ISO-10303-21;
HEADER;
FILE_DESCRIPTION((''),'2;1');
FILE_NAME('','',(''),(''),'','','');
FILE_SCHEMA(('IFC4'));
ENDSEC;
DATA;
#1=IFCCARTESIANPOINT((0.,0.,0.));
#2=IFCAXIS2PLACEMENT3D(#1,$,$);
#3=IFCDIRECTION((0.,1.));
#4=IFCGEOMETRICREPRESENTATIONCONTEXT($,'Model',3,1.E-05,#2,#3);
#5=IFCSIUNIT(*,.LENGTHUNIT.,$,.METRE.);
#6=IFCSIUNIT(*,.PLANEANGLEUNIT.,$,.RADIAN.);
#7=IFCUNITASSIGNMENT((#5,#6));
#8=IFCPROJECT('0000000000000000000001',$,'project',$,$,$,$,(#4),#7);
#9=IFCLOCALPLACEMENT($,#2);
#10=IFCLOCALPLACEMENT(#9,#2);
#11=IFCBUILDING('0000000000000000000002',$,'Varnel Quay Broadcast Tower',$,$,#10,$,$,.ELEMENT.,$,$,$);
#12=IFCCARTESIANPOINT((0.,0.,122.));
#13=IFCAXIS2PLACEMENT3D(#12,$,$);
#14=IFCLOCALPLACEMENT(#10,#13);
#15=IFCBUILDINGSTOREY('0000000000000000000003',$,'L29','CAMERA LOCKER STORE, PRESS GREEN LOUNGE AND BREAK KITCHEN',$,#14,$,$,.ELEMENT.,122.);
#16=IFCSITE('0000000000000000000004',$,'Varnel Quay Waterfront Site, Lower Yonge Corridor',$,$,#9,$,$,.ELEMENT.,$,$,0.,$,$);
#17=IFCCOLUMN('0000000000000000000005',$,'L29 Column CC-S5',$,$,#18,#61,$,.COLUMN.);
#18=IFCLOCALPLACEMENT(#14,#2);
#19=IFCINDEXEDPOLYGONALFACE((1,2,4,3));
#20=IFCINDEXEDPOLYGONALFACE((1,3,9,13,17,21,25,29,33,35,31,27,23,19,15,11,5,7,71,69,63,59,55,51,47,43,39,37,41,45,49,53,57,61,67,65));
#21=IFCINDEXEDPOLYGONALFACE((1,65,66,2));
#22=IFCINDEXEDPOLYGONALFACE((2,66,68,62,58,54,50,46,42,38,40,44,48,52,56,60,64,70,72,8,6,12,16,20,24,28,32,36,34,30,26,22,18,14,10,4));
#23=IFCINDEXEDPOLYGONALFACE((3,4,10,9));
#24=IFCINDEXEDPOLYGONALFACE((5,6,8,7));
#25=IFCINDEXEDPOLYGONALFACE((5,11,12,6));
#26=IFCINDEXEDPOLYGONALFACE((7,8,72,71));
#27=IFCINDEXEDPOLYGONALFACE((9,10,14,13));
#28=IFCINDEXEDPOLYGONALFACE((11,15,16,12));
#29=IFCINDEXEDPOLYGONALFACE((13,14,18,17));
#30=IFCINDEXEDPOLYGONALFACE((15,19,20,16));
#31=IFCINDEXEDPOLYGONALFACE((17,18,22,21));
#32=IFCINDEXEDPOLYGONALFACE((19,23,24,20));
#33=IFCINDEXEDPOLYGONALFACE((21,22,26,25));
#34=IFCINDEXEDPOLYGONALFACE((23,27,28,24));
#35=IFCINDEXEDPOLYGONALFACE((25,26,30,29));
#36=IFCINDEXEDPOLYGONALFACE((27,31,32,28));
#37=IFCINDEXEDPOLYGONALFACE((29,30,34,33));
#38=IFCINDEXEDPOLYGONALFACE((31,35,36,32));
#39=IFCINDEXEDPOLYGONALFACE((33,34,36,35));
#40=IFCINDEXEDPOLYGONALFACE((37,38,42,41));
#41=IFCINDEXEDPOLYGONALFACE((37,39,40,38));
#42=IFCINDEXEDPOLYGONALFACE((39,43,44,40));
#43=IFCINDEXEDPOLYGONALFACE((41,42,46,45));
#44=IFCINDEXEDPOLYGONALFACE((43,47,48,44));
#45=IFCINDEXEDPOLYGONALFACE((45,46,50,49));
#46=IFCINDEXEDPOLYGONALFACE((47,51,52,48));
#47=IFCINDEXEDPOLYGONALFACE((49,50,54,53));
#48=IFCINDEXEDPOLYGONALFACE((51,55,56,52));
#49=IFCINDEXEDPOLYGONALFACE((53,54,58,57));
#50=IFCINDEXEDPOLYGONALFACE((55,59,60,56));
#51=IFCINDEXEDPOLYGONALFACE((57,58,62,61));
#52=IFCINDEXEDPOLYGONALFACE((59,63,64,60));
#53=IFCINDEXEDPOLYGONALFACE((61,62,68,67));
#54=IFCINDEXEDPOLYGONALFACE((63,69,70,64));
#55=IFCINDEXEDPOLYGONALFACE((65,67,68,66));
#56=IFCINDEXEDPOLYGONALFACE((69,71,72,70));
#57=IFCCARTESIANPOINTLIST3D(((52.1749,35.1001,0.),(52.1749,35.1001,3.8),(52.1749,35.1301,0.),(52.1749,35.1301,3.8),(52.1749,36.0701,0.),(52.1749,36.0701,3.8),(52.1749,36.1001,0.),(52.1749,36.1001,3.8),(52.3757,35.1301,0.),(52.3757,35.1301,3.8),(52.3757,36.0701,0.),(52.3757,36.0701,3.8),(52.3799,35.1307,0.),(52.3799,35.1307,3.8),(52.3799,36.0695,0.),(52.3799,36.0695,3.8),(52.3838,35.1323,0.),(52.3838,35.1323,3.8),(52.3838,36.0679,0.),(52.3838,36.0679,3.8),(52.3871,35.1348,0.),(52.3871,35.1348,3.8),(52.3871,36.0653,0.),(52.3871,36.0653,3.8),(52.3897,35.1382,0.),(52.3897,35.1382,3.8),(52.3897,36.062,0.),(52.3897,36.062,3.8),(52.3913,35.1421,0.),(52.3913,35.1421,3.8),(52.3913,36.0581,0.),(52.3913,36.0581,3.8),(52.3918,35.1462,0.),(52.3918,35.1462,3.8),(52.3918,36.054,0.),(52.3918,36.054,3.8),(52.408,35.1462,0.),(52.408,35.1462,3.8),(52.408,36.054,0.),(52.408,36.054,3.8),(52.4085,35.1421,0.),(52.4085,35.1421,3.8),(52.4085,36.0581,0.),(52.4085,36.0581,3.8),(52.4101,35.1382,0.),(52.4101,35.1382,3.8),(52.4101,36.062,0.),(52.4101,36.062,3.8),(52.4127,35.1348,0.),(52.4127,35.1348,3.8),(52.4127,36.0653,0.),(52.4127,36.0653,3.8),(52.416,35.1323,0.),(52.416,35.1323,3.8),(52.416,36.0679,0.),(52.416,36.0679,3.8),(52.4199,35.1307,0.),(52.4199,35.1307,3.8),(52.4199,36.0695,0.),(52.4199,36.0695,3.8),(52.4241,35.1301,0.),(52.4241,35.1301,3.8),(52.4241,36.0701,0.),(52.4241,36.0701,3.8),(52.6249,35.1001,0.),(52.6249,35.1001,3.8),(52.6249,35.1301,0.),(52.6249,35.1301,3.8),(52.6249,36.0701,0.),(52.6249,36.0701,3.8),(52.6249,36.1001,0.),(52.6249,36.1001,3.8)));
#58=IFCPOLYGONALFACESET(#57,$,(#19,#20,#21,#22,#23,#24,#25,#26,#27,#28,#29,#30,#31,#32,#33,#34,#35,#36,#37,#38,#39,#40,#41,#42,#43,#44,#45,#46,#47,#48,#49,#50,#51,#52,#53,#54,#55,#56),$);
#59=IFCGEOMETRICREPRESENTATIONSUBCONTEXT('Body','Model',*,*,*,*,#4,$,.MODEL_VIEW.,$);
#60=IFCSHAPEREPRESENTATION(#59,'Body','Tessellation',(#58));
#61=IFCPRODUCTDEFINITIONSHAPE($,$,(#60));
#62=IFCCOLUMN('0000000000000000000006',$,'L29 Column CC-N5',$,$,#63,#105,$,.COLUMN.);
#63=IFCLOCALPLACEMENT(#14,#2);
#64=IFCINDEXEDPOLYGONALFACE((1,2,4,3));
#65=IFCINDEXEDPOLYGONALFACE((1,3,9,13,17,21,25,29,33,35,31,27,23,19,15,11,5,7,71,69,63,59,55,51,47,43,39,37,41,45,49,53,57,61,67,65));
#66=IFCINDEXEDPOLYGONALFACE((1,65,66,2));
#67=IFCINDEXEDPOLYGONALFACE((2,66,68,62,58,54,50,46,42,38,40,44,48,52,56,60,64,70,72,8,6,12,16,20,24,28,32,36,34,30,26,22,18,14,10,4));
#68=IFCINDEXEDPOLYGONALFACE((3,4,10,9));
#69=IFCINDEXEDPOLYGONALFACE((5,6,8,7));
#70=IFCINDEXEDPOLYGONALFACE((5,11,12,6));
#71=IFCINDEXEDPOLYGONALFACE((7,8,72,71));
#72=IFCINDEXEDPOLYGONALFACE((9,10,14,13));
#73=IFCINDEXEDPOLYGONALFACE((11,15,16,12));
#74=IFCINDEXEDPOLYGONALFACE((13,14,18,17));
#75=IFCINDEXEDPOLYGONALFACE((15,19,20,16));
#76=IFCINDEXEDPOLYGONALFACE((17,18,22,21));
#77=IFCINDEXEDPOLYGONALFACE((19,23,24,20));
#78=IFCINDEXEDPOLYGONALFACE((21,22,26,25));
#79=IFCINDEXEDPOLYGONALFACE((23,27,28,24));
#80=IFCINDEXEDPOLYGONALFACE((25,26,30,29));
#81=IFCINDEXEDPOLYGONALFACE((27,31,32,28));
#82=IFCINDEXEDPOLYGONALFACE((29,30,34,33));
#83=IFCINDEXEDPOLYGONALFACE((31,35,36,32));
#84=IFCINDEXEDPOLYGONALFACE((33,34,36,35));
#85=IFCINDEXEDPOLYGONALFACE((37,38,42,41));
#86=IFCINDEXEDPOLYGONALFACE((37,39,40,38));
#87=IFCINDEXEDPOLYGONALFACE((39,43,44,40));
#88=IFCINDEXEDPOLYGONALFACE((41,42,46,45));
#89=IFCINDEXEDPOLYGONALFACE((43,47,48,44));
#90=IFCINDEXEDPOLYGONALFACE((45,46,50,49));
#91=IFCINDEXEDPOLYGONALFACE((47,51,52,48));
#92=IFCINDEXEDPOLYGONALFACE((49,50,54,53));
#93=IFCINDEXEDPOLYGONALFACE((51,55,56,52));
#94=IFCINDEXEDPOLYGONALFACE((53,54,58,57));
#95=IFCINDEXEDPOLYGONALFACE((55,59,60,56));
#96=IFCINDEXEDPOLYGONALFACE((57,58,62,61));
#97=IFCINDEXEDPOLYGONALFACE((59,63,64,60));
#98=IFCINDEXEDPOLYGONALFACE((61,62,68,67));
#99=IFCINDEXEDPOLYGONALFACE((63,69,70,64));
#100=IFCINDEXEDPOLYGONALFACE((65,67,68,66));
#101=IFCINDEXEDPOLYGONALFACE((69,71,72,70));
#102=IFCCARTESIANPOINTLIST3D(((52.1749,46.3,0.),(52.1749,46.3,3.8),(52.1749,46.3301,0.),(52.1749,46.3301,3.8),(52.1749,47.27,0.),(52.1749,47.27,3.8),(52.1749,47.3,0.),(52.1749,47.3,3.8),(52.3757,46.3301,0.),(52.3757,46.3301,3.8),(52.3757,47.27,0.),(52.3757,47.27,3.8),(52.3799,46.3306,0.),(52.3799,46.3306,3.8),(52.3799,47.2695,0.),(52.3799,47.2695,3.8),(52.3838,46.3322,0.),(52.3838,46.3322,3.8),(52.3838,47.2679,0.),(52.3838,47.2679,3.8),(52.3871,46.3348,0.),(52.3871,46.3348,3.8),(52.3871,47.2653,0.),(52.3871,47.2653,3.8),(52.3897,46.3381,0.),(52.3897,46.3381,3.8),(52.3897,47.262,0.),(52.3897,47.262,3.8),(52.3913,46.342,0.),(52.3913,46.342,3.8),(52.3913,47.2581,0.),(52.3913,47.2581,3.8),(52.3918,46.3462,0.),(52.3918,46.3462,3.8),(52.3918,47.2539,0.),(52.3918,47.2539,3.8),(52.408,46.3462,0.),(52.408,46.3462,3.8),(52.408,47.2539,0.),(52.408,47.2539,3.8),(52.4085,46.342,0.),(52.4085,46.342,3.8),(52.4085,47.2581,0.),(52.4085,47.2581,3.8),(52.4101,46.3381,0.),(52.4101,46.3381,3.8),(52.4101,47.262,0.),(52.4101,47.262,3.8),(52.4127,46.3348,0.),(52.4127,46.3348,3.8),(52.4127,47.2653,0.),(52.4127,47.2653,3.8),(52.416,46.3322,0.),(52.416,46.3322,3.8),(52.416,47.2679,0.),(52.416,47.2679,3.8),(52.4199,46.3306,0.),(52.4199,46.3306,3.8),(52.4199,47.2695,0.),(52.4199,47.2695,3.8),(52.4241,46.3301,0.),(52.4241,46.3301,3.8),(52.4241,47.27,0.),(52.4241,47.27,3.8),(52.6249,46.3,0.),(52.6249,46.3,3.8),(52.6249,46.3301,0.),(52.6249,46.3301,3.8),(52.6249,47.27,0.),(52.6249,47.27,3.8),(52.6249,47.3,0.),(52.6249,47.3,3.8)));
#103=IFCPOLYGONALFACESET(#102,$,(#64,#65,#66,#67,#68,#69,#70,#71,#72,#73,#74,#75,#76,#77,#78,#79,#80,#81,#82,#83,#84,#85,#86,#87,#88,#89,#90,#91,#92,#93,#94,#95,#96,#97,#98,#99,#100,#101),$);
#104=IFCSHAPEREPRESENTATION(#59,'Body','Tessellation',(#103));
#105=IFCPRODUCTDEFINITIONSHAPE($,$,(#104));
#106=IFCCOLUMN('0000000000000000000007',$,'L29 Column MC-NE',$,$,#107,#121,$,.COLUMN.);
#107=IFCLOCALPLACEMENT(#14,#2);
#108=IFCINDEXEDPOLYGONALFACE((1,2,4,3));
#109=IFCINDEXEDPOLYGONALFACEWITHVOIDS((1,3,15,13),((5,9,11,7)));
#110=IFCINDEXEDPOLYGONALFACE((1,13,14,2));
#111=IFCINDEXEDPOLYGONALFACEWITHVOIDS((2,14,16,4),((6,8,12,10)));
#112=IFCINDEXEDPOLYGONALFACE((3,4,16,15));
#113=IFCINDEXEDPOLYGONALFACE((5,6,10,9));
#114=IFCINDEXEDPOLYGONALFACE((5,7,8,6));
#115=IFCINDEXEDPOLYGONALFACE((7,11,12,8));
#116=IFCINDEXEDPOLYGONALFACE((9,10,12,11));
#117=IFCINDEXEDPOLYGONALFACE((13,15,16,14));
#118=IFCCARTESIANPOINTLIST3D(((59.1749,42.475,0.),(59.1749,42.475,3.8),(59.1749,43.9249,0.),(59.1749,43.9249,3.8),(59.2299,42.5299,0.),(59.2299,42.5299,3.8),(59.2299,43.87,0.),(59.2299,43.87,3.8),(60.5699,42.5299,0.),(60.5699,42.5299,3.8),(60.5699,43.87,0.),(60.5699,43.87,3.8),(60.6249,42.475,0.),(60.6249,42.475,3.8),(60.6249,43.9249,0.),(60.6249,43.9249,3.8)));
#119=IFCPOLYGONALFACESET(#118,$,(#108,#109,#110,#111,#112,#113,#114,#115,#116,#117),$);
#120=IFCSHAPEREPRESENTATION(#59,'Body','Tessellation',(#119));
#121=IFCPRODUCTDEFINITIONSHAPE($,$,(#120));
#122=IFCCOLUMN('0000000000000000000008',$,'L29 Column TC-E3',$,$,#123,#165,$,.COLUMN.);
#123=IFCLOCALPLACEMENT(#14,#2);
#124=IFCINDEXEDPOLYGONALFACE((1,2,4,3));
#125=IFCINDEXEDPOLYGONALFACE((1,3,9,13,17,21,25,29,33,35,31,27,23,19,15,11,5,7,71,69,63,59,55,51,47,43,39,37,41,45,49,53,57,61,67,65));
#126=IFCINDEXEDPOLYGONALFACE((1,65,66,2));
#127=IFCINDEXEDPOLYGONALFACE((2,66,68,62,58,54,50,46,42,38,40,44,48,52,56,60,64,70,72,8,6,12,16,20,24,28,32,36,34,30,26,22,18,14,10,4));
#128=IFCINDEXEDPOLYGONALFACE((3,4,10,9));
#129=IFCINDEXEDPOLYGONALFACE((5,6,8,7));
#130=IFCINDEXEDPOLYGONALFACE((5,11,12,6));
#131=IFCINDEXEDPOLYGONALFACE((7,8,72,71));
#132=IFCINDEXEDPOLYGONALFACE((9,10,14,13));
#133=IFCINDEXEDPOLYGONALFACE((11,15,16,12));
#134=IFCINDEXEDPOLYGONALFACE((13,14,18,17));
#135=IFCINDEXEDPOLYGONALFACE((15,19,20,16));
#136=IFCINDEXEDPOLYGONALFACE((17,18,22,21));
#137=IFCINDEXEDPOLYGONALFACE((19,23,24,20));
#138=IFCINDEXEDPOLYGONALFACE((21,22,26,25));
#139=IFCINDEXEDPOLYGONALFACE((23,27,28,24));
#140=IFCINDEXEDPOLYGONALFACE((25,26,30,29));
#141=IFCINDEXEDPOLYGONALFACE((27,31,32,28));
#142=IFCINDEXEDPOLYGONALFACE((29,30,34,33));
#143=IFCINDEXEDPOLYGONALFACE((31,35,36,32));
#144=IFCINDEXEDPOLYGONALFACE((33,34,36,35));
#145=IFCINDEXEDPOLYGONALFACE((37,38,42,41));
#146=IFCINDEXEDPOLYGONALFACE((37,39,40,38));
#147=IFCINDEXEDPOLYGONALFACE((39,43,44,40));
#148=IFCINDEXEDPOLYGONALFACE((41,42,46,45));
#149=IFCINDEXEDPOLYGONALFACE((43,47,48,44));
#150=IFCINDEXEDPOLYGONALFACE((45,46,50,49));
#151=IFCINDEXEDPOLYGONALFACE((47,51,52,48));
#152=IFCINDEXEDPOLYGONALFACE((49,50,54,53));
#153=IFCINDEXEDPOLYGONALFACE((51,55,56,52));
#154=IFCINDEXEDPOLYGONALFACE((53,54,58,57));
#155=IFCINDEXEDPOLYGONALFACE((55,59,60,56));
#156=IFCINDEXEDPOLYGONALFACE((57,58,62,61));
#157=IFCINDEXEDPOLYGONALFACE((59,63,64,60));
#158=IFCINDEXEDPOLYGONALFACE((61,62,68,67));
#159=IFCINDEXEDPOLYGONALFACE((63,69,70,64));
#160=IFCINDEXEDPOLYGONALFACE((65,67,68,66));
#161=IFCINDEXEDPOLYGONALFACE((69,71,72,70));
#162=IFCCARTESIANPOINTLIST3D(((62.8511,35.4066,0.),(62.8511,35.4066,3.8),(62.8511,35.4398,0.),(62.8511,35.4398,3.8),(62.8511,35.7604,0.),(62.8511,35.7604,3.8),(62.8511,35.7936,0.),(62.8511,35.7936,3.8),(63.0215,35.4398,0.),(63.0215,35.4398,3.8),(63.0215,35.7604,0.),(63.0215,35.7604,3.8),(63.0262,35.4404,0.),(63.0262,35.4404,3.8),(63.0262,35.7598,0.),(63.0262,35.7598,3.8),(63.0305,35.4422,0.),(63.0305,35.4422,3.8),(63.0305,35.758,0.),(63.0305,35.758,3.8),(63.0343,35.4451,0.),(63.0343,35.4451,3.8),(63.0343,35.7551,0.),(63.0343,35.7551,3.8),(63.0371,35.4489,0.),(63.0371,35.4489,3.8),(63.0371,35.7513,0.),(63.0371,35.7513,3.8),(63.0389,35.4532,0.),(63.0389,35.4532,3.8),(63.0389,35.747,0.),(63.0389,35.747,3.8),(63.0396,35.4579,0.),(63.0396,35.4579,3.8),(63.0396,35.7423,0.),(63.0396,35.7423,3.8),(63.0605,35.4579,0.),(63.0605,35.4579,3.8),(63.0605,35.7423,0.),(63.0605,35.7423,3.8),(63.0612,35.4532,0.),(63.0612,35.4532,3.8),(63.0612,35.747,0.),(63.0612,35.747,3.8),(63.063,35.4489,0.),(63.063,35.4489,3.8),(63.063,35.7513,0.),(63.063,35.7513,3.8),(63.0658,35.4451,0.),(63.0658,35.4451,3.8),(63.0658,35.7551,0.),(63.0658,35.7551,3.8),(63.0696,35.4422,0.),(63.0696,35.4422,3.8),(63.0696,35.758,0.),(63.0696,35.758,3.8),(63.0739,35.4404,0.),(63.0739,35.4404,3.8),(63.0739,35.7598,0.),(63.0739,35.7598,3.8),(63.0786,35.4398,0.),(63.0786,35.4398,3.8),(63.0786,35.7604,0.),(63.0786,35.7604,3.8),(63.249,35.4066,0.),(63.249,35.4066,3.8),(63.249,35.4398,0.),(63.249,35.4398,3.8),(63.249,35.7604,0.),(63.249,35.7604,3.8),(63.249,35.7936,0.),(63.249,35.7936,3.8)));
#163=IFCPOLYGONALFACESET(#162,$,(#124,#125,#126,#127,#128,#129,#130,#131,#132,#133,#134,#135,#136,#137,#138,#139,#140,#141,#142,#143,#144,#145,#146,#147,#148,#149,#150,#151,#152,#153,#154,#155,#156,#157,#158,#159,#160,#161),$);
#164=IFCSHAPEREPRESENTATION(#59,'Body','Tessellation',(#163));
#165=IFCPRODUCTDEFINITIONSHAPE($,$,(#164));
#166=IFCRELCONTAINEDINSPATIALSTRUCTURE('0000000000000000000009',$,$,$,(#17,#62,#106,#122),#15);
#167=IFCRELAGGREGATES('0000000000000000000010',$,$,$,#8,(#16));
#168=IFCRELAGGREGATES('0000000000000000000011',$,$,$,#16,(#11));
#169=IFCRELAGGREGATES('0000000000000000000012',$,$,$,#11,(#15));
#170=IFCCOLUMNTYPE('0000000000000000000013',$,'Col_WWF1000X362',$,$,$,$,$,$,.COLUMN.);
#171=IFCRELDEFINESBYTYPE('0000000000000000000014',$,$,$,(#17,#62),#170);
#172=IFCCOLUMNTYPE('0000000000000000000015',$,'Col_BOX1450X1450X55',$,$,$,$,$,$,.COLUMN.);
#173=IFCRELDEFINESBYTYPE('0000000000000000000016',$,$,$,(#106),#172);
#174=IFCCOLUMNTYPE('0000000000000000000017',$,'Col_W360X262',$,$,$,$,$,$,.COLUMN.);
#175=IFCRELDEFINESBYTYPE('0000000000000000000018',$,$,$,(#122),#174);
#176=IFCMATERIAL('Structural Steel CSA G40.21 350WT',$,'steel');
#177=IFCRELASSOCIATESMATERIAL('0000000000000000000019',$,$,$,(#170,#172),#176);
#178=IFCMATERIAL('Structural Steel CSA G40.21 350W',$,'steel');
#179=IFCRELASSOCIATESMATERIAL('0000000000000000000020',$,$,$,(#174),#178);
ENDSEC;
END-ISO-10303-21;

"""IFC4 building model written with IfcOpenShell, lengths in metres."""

from ifc_helpers import new_model, si_unit, direction, frame, origin, origin_2d, place, context, subcontext, project, spatial, hollow_rectangle, i_section, extrude, source, transform, mapped, material, material_profile, profile_set, type_object, type_shapes, element, save


model = new_model("IFC4")

# Units and contexts
model_context = context("Model", 3, precision=1e-05, world=origin(), true_north=direction((0.0, 1.0)))
body_context = subcontext(model_context, "Body", "Model", "MODEL_VIEW")
ifc_project = project(units=[si_unit("LENGTHUNIT", "METRE"), si_unit("PLANEANGLEUNIT", "RADIAN")], contexts=[model_context])

# Site, building, storey
site_placement = place(None, origin())
site = spatial("IfcSite", under=ifc_project, at=site_placement, Name="Varnel Quay Waterfront Site, Lower Yonge Corridor", CompositionType="ELEMENT", RefElevation=0.0)
building_placement = place(site_placement, origin())
building = spatial("IfcBuilding", under=site, at=building_placement, Name="Varnel Quay Broadcast Tower", CompositionType="ELEMENT")
storey_placement = place(building_placement, frame((0.0, 0.0, 122.0)))
storey = spatial("IfcBuildingStorey", under=building, at=storey_placement, Name="L29", Description="CAMERA LOCKER STORE, PRESS GREEN LOUNGE AND BREAK KITCHEN", CompositionType="ELEMENT", Elevation=122.0)

# Columns
ifc_material_1 = material(Name="Structural Steel CSA G40.21 350WT", Category="steel")
ifc_material_profile_1 = material_profile(ifc_material_1, i_section(OverallWidth=0.45, OverallDepth=1.0, WebThickness=0.0161, FlangeThickness=0.03, FilletRadius=0.0161, at=origin_2d()), Name="WWF1000X362")
ifc_profile_set_1 = profile_set([ifc_material_profile_1], Name="Structural Steel CSA G40.21 350WT")
column_type_1 = type_object("IfcColumnType", Name="Col_WWF1000X362", PredefinedType="COLUMN", material=ifc_profile_set_1)
shared_shape_1 = source(origin(), body_context, "Body", "SweptSolid", [
    extrude(i_section(OverallWidth=0.45, OverallDepth=1.0, WebThickness=0.0161, FlangeThickness=0.03, FilletRadius=0.0161, at=origin_2d()), origin(), (0.0, 0.0, 1.0), 3.8),
])
type_shapes(column_type_1, [shared_shape_1])
for number, where, z_axis, x_axis, name in (
    (1, (52.3999, 35.6001, 0.0), (0.0, 0.0, 1.0), (1.0, 0.0, 0.0), "L29 Column CC-S5"),
    (2, (52.3999, 46.8, 0.0), (0.0, 0.0, 1.0), (1.0, 0.0, 0.0), "L29 Column CC-N5"),
):
    element("IfcColumn", number, at=place(storey_placement, frame(where, z_axis=z_axis, x_axis=x_axis)), inside=storey, type_object=column_type_1, Name=name, PredefinedType="COLUMN", context=body_context, shape_type="MappedRepresentation", body=[
        mapped(shared_shape_1, transform((0.0, 0.0, 0.0), x_axis=(1.0, 0.0, 0.0), y_axis=(0.0, 1.0, 0.0), z_axis=(0.0, 0.0, 1.0), scale=1.0)),
    ])
ifc_material_profile_2 = material_profile(ifc_material_1, hollow_rectangle(XDim=1.45, YDim=1.45, WallThickness=0.0549, at=origin_2d()), Name="BOX1450X1450X55")
ifc_profile_set_2 = profile_set([ifc_material_profile_2], Name="Structural Steel CSA G40.21 350WT")
column_type_2 = type_object("IfcColumnType", Name="Col_BOX1450X1450X55", PredefinedType="COLUMN", material=ifc_profile_set_2)
shared_shape_2 = source(origin(), body_context, "Body", "SweptSolid", [
    extrude(hollow_rectangle(XDim=1.45, YDim=1.45, WallThickness=0.0549, at=origin_2d()), origin(), (0.0, 0.0, 1.0), 3.8),
])
type_shapes(column_type_2, [shared_shape_2])
column_1_placement = place(storey_placement, frame((59.8999, 43.2, 0.0), z_axis=(0.0, 0.0, 1.0), x_axis=(1.0, 0.0, 0.0)))
element("IfcColumn", 3, at=column_1_placement, inside=storey, type_object=column_type_2, Name="L29 Column MC-NE", PredefinedType="COLUMN", context=body_context, shape_type="MappedRepresentation", body=[
    mapped(shared_shape_2, transform((0.0, 0.0, 0.0), x_axis=(1.0, 0.0, 0.0), y_axis=(0.0, 1.0, 0.0), z_axis=(0.0, 0.0, 1.0), scale=1.0)),
])
ifc_material_2 = material(Name="Structural Steel CSA G40.21 350W", Category="steel")
ifc_material_profile_3 = material_profile(ifc_material_2, i_section(OverallWidth=0.3979, OverallDepth=0.387, WebThickness=0.021, FlangeThickness=0.0332, FilletRadius=0.0181, at=origin_2d()), Name="W360X262")
ifc_profile_set_3 = profile_set([ifc_material_profile_3], Name="Structural Steel CSA G40.21 350W")
column_type_3 = type_object("IfcColumnType", Name="Col_W360X262", PredefinedType="COLUMN", material=ifc_profile_set_3)
shared_shape_3 = source(origin(), body_context, "Body", "SweptSolid", [
    extrude(i_section(OverallWidth=0.3979, OverallDepth=0.387, WebThickness=0.021, FlangeThickness=0.0332, FilletRadius=0.0181, at=origin_2d()), origin(), (0.0, 0.0, 1.0), 3.8),
])
type_shapes(column_type_3, [shared_shape_3])
column_2_placement = place(storey_placement, frame((63.05, 35.6001, 0.0), z_axis=(0.0, 0.0, 1.0), x_axis=(1.0, 0.0, 0.0)))
element("IfcColumn", 4, at=column_2_placement, inside=storey, type_object=column_type_3, Name="L29 Column TC-E3", PredefinedType="COLUMN", context=body_context, shape_type="MappedRepresentation", body=[
    mapped(shared_shape_3, transform((0.0, 0.0, 0.0), x_axis=(1.0, 0.0, 0.0), y_axis=(0.0, 1.0, 0.0), z_axis=(0.0, 0.0, 1.0), scale=1.0)),
])

save(model, "model.ifc")
